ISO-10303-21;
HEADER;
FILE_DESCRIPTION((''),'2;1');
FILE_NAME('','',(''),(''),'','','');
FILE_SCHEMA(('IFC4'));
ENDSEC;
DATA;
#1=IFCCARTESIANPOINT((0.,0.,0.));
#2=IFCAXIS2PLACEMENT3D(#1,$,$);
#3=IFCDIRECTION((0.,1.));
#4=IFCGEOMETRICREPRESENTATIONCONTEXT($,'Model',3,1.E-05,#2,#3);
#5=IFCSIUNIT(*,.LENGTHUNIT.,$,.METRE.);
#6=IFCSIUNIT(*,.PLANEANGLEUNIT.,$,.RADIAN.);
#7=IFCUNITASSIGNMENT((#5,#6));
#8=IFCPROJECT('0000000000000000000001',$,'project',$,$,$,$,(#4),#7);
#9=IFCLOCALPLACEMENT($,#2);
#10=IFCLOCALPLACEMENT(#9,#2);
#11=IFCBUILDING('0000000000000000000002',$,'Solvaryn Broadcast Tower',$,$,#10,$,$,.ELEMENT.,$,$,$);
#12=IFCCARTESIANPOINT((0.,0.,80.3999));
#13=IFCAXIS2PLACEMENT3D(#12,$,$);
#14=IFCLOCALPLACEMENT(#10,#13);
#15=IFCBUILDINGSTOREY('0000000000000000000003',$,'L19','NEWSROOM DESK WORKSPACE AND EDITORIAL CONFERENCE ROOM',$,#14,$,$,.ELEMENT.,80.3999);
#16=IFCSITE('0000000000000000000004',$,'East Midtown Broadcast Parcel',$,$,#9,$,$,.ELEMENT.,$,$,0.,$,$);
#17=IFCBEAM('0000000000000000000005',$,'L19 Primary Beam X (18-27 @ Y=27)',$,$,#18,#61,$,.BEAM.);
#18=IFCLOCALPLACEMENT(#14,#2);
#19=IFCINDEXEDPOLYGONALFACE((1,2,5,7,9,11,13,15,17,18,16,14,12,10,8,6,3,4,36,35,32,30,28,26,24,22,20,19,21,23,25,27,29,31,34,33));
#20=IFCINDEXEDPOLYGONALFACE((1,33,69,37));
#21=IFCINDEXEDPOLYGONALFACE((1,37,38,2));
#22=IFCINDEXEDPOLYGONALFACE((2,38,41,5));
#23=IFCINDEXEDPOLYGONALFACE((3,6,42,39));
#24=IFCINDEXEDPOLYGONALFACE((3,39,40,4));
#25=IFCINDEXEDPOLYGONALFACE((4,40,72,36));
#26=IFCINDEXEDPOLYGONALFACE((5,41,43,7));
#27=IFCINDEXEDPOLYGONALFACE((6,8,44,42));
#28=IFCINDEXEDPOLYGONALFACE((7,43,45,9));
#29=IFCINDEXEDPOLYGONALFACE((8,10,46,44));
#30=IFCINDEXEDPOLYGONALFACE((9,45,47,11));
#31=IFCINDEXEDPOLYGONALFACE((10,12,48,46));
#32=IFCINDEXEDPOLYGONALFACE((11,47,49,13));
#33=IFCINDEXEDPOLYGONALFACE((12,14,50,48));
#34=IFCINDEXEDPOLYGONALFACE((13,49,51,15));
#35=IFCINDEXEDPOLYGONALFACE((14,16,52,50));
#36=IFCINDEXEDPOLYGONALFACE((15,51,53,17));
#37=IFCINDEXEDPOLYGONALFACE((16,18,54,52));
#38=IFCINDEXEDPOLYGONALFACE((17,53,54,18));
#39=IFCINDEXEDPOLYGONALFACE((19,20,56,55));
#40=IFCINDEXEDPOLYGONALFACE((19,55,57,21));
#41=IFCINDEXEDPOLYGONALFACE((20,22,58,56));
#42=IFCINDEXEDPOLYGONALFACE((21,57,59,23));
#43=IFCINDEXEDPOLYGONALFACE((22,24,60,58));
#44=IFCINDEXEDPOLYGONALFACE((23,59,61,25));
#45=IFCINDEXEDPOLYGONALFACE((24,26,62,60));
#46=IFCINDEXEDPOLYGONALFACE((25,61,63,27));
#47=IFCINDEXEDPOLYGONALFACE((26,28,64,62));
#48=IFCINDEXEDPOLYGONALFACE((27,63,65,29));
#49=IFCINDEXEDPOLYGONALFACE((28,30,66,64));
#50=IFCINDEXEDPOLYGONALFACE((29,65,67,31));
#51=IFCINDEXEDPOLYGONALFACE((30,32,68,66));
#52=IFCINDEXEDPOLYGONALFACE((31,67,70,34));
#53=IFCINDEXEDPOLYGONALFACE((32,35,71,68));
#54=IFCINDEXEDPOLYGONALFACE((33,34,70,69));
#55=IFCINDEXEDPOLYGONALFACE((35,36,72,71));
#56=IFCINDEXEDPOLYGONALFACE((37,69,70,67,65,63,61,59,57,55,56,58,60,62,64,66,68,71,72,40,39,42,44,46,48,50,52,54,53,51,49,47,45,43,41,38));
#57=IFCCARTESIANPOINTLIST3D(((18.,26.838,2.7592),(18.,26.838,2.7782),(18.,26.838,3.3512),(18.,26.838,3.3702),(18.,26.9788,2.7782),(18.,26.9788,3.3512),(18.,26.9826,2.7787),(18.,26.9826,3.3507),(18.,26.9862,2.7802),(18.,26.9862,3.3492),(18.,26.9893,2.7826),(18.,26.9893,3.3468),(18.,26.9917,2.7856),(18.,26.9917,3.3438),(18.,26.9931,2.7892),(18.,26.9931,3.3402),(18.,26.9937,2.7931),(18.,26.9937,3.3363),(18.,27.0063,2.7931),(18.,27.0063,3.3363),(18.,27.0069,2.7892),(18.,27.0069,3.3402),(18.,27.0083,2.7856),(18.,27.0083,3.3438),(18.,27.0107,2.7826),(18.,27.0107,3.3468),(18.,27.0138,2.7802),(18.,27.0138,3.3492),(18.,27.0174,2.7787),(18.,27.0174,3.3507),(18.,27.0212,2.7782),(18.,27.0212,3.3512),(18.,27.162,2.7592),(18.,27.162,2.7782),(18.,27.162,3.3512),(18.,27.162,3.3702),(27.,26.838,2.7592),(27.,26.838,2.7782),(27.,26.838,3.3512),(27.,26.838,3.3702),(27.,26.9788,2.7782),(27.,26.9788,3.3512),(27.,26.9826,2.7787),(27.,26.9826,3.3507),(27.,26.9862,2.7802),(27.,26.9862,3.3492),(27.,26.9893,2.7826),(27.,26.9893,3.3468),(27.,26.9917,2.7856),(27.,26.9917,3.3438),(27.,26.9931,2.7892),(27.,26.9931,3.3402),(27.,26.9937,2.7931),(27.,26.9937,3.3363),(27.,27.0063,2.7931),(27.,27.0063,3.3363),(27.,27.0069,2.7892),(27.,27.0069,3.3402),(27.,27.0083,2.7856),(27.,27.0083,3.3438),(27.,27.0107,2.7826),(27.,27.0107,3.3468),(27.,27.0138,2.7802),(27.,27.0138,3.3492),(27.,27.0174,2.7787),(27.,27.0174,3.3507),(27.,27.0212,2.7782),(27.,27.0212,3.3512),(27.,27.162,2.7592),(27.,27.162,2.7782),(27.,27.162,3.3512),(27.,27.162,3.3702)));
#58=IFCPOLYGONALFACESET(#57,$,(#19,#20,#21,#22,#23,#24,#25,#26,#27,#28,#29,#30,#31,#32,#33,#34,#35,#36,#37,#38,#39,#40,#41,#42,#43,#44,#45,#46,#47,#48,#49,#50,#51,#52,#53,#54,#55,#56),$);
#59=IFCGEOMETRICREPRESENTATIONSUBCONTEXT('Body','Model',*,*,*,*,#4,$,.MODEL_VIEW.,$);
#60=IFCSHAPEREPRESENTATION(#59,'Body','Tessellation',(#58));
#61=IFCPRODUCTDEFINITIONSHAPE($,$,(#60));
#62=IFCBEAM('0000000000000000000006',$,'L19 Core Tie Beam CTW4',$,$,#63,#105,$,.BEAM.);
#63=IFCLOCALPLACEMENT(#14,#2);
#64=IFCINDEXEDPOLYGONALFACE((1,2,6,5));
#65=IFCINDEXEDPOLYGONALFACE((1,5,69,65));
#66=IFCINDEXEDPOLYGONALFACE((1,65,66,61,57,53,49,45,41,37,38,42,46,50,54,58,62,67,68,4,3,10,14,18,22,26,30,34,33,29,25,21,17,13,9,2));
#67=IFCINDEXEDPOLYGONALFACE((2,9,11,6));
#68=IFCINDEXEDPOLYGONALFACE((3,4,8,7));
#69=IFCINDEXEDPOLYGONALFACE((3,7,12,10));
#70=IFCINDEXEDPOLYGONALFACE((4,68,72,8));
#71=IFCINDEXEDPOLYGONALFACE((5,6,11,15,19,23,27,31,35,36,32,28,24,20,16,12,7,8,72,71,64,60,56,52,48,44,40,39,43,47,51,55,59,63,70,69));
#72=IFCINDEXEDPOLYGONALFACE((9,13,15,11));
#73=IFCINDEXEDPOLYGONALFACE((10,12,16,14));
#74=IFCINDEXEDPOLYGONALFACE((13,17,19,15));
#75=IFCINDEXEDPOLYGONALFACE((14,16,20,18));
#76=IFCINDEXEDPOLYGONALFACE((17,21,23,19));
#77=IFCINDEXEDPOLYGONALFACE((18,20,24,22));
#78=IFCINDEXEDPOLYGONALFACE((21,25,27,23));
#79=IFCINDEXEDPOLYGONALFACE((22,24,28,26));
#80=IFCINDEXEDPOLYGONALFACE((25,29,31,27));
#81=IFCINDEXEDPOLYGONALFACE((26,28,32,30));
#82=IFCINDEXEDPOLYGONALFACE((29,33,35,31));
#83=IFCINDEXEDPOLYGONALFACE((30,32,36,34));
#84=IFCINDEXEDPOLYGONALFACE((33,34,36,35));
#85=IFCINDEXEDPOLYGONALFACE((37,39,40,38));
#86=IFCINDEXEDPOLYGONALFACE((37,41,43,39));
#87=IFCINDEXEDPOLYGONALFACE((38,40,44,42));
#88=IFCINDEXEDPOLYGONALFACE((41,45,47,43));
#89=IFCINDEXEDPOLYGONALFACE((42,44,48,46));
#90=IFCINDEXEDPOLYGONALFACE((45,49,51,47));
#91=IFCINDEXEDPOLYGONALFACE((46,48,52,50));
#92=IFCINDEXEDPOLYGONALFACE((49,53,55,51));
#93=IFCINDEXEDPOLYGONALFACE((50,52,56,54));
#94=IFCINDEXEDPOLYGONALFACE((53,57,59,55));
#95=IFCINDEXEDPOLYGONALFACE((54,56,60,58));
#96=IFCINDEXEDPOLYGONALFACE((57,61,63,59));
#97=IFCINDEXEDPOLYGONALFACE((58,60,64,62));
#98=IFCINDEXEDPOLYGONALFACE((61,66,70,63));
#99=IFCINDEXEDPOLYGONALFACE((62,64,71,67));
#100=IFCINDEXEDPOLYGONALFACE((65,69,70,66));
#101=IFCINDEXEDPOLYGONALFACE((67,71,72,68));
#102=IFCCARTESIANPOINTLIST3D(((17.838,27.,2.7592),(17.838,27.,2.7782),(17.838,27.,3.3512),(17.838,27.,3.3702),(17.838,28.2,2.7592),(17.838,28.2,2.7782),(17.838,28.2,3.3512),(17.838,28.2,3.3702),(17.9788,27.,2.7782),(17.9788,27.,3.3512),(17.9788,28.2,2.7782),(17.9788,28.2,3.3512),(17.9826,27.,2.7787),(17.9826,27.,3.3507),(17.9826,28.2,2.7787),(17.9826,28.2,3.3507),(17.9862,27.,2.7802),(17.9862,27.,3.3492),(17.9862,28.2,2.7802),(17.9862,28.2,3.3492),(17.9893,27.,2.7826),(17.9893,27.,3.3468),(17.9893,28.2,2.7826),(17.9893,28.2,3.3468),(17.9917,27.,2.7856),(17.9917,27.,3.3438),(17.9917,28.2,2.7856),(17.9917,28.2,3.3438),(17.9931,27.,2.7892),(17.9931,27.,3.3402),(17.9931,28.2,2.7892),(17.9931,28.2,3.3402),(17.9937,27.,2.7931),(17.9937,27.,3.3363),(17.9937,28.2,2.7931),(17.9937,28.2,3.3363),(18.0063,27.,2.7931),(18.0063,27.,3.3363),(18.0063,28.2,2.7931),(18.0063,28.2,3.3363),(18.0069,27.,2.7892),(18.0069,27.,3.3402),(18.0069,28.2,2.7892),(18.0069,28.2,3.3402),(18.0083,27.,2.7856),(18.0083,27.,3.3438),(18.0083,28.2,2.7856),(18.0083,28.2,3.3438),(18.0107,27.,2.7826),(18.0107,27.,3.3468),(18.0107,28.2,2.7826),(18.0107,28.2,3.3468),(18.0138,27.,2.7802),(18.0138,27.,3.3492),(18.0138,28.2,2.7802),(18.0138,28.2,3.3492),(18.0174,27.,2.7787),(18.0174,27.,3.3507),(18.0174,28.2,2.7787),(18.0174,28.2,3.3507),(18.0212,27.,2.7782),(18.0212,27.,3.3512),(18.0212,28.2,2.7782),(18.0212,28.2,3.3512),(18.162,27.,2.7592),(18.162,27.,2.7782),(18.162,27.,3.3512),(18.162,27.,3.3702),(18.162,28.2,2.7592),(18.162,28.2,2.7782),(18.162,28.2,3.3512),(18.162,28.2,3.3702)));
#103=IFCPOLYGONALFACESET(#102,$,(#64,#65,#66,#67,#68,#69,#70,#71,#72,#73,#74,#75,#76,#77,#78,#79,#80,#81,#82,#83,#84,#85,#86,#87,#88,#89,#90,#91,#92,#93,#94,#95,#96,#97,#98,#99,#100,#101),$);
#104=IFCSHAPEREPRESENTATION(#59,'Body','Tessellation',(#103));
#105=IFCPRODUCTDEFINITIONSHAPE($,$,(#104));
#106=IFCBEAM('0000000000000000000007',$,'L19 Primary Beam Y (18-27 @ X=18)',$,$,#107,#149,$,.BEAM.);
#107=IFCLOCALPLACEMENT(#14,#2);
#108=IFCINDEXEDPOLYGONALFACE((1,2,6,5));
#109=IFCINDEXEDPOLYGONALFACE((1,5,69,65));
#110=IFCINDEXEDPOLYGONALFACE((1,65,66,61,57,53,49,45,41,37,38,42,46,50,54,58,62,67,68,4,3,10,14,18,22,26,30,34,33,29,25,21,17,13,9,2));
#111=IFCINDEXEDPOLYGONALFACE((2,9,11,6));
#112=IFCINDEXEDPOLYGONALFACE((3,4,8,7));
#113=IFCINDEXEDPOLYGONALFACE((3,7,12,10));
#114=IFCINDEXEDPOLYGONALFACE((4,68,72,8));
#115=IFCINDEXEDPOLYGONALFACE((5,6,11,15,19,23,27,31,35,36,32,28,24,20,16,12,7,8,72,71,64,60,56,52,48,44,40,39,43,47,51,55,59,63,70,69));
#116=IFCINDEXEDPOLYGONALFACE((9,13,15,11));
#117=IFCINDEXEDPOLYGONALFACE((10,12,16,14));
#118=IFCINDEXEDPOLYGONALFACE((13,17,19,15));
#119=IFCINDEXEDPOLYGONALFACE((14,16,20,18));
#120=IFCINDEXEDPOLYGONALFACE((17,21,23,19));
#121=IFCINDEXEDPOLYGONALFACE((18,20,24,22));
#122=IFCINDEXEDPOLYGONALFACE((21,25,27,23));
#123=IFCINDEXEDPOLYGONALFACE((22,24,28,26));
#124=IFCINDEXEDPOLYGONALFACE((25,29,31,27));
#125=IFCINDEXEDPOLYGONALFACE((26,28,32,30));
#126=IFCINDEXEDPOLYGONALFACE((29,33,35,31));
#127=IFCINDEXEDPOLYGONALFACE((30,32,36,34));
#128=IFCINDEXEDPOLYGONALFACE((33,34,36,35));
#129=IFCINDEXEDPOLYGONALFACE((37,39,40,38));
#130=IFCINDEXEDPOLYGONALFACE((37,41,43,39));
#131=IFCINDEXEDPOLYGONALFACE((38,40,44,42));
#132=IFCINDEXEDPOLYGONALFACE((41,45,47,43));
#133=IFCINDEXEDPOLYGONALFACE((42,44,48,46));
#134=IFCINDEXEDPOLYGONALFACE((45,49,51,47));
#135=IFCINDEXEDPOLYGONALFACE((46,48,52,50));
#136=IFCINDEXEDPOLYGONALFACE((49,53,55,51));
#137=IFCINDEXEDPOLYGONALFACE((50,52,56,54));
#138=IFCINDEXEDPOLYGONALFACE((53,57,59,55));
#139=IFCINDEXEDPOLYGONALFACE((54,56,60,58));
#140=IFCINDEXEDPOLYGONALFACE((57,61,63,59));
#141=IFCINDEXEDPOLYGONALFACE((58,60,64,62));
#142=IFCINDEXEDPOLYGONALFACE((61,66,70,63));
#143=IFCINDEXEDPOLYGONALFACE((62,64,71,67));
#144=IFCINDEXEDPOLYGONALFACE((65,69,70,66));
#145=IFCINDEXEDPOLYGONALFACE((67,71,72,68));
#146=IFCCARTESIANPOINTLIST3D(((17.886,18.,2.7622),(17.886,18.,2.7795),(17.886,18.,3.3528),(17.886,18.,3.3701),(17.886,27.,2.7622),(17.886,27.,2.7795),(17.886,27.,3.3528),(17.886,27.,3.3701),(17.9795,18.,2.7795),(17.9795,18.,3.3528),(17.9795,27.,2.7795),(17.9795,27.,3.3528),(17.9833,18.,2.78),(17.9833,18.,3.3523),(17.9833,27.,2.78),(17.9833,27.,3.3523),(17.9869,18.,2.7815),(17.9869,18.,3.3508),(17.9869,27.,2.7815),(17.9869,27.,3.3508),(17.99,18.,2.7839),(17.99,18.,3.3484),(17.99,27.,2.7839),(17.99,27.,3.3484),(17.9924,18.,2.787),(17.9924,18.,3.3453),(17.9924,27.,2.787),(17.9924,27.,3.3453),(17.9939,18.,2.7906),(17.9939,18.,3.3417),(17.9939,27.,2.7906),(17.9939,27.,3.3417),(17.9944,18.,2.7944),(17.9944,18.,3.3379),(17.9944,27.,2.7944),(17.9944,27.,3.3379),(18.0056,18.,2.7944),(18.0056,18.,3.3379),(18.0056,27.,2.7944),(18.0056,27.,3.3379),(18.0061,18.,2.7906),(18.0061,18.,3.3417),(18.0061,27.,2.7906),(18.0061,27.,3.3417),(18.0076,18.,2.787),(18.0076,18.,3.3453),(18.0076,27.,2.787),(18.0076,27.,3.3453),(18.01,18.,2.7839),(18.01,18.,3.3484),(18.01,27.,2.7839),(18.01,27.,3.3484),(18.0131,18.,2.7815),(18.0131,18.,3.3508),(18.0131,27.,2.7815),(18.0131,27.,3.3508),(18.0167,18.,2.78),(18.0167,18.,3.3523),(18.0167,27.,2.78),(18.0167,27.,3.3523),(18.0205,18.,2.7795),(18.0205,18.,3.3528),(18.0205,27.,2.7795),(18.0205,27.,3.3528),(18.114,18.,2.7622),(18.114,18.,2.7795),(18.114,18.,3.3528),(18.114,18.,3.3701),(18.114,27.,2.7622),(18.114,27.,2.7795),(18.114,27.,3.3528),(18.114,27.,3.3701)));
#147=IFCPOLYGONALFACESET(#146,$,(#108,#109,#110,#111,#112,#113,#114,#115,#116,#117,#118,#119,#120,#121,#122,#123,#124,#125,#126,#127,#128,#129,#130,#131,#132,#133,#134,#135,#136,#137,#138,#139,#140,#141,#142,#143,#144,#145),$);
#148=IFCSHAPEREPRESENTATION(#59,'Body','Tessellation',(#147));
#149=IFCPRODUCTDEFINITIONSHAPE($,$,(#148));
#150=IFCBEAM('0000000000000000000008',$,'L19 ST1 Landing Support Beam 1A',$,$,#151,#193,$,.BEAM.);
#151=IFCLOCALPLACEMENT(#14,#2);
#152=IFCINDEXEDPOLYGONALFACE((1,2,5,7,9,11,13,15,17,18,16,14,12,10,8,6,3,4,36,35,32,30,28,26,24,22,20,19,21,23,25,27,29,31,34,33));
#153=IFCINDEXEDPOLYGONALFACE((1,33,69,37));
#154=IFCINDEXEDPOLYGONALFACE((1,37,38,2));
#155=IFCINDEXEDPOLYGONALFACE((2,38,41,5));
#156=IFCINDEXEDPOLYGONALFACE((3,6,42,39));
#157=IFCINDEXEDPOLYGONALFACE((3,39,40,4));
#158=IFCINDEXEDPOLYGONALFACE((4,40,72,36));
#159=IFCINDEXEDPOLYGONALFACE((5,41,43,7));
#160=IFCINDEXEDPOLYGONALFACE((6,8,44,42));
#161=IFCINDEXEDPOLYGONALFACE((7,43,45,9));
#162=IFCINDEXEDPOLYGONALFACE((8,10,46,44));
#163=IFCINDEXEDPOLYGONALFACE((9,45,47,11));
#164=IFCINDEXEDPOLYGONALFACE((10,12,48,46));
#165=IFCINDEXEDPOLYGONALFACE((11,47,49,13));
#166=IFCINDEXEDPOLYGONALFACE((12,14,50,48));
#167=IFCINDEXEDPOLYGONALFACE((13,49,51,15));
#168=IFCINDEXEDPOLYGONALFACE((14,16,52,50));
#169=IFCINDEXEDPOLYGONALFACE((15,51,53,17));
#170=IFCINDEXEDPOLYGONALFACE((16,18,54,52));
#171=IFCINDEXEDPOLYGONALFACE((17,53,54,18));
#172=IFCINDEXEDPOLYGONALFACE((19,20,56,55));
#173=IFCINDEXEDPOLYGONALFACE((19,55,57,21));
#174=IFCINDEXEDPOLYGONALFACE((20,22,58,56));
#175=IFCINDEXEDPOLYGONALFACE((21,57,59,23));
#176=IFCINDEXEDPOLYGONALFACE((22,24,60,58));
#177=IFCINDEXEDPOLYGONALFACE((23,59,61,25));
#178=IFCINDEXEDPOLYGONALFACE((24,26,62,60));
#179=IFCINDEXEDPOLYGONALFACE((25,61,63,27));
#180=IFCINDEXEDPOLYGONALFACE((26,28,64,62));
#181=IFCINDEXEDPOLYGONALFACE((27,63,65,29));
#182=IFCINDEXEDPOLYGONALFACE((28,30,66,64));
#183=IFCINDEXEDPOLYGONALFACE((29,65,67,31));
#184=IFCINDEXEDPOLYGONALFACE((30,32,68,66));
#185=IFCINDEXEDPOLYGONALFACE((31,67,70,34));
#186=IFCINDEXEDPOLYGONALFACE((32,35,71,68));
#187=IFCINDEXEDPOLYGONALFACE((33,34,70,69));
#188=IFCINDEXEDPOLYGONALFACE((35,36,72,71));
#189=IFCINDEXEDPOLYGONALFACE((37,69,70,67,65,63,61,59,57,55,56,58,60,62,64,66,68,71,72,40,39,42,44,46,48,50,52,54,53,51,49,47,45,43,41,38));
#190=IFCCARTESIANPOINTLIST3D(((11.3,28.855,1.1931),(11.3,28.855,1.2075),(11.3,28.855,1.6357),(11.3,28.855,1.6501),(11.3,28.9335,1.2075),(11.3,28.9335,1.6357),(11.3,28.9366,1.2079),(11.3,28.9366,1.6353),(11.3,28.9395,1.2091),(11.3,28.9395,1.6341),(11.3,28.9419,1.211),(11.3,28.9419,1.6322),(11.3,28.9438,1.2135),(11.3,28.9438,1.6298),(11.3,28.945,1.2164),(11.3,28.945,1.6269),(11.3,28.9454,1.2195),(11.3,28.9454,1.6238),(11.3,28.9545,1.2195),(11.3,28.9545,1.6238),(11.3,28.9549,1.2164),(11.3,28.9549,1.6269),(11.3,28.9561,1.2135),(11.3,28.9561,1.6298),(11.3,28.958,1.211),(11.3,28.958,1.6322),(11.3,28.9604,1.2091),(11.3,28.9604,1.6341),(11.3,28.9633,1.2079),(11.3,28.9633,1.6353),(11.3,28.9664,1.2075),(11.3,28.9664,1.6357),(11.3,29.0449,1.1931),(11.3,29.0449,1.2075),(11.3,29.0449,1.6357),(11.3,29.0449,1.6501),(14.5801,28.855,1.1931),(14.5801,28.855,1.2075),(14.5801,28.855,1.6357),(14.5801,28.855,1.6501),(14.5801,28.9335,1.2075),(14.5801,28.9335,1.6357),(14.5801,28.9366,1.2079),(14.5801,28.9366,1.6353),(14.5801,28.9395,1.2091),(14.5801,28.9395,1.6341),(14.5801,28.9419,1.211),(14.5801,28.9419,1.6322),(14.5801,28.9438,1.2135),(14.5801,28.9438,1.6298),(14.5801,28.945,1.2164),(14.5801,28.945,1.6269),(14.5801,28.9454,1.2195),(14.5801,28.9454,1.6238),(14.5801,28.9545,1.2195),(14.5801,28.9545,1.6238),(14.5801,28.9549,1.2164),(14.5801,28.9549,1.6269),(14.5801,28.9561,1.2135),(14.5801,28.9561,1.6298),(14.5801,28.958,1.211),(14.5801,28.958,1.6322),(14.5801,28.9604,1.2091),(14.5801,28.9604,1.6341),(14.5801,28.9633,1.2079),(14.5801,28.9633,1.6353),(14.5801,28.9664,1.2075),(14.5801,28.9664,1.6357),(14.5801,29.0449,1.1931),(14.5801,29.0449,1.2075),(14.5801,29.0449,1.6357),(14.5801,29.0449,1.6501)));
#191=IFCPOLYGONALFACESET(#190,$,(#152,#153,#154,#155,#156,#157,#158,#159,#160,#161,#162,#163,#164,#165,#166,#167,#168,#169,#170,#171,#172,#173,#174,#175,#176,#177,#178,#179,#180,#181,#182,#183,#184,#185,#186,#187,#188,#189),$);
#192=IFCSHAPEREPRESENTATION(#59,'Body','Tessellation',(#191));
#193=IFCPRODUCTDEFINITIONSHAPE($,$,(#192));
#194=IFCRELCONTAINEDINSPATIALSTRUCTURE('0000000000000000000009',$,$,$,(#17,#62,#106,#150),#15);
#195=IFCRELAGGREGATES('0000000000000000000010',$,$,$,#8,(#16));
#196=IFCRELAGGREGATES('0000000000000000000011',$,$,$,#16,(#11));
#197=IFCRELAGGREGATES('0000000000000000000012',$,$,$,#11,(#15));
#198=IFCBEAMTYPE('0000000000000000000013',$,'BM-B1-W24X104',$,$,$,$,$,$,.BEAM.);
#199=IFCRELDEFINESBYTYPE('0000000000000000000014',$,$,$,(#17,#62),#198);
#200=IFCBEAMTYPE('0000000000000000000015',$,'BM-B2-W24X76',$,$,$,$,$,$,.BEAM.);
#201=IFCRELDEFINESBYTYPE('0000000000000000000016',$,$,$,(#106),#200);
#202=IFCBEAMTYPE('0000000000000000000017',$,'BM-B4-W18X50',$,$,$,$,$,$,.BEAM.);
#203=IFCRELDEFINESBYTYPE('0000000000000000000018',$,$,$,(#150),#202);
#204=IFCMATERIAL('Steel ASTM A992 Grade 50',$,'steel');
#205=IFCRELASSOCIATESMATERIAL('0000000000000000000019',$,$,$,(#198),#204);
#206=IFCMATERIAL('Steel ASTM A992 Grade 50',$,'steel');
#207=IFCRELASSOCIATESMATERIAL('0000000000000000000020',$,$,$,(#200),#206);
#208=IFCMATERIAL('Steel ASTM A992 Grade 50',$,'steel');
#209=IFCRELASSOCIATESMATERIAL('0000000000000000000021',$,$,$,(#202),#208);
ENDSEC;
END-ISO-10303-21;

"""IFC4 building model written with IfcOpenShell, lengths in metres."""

from ifc_helpers import new_model, si_unit, direction, frame, origin, origin_2d, place, context, subcontext, project, spatial, i_section, extrude, material, material_profile, profile_set, type_object, element, save


model = new_model("IFC4")

# Units and contexts
model_context = context("Model", 3, precision=1e-05, world=origin(), true_north=direction((0.0, 1.0)))
body_context = subcontext(model_context, "Body", "Model", "MODEL_VIEW")
ifc_project = project(units=[si_unit("LENGTHUNIT", "METRE"), si_unit("PLANEANGLEUNIT", "RADIAN")], contexts=[model_context])

# Site, building, storey
site_placement = place(None, origin())
site = spatial("IfcSite", under=ifc_project, at=site_placement, Name="East Midtown Broadcast Parcel", CompositionType="ELEMENT", RefElevation=0.0)
building_placement = place(site_placement, origin())
building = spatial("IfcBuilding", under=site, at=building_placement, Name="Solvaryn Broadcast Tower", CompositionType="ELEMENT")
storey_placement = place(building_placement, frame((0.0, 0.0, 80.3999)))
storey = spatial("IfcBuildingStorey", under=building, at=storey_placement, Name="L19", Description="NEWSROOM DESK WORKSPACE AND EDITORIAL CONFERENCE ROOM", CompositionType="ELEMENT", Elevation=80.3999)

# Beams
ifc_material_1 = material(Name="Steel ASTM A992 Grade 50", Category="steel")
ifc_material_profile_1 = material_profile(ifc_material_1, i_section(OverallWidth=0.324, OverallDepth=0.6111, WebThickness=0.0127, FlangeThickness=0.019, FilletRadius=0.0149, at=origin_2d()))
ifc_profile_set_1 = profile_set([ifc_material_profile_1], Name="Steel ASTM A992 Grade 50")
beam_type_1 = type_object("IfcBeamType", Name="BM-B1-W24X104", PredefinedType="BEAM", material=ifc_profile_set_1)
for number, where, z_axis, x_axis, name in (
    (1, (18.0, 27.0, 3.0647), (1.0, 0.0, 0.0), (0.0, 1.0, 0.0), "L19 Primary Beam X (18-27 @ Y=27)"),
):
    element("IfcBeam", number, at=place(storey_placement, frame(where, z_axis=z_axis, x_axis=x_axis)), inside=storey, type_object=beam_type_1, Name=name, PredefinedType="BEAM", context=body_context, shape_type="SweptSolid", body=[
        extrude(i_section(OverallWidth=0.324, OverallDepth=0.6111, WebThickness=0.0127, FlangeThickness=0.019, FilletRadius=0.0149, at=origin_2d()), origin(), (0.0, 0.0, 1.0), 9.0),
    ])
beam_1_placement = place(storey_placement, frame((18.0, 27.0, 3.0647), z_axis=(0.0, 1.0, 0.0), x_axis=(-1.0, 0.0, 0.0)))
element("IfcBeam", 2, at=beam_1_placement, inside=storey, type_object=beam_type_1, Name="L19 Core Tie Beam CTW4", PredefinedType="BEAM", context=body_context, shape_type="SweptSolid", body=[
    extrude(i_section(OverallWidth=0.324, OverallDepth=0.6111, WebThickness=0.0127, FlangeThickness=0.019, FilletRadius=0.0149, at=origin_2d()), origin(), (0.0, 0.0, 1.0), 1.2),
])
ifc_material_2 = material(Name="Steel ASTM A992 Grade 50", Category="steel")
ifc_material_profile_2 = material_profile(ifc_material_2, i_section(OverallWidth=0.228, OverallDepth=0.6079, WebThickness=0.0112, FlangeThickness=0.0173, FilletRadius=0.0149, at=origin_2d()))
ifc_profile_set_2 = profile_set([ifc_material_profile_2], Name="Steel ASTM A992 Grade 50")
beam_type_2 = type_object("IfcBeamType", Name="BM-B2-W24X76", PredefinedType="BEAM", material=ifc_profile_set_2)
beam_2_placement = place(storey_placement, frame((18.0, 18.0, 3.0662), z_axis=(0.0, 1.0, 0.0), x_axis=(-1.0, 0.0, 0.0)))
element("IfcBeam", 3, at=beam_2_placement, inside=storey, type_object=beam_type_2, Name="L19 Primary Beam Y (18-27 @ X=18)", PredefinedType="BEAM", context=body_context, shape_type="SweptSolid", body=[
    extrude(i_section(OverallWidth=0.228, OverallDepth=0.6079, WebThickness=0.0112, FlangeThickness=0.0173, FilletRadius=0.0149, at=origin_2d()), origin(), (0.0, 0.0, 1.0), 9.0),
])
ifc_material_3 = material(Name="Steel ASTM A992 Grade 50", Category="steel")
ifc_material_profile_3 = material_profile(ifc_material_3, i_section(OverallWidth=0.1899, OverallDepth=0.457, WebThickness=0.009, FlangeThickness=0.0144, FilletRadius=0.012, at=origin_2d()))
ifc_profile_set_3 = profile_set([ifc_material_profile_3], Name="Steel ASTM A992 Grade 50")
beam_type_3 = type_object("IfcBeamType", Name="BM-B4-W18X50", PredefinedType="BEAM", material=ifc_profile_set_3)
beam_3_placement = place(storey_placement, frame((11.3, 28.95, 1.4216), z_axis=(1.0, 0.0, 0.0), x_axis=(0.0, 1.0, 0.0)))
element("IfcBeam", 4, at=beam_3_placement, inside=storey, type_object=beam_type_3, Name="L19 ST1 Landing Support Beam 1A", PredefinedType="BEAM", context=body_context, shape_type="SweptSolid", body=[
    extrude(i_section(OverallWidth=0.1899, OverallDepth=0.457, WebThickness=0.009, FlangeThickness=0.0144, FilletRadius=0.012, at=origin_2d()), origin(), (0.0, 0.0, 1.0), 3.28),
])

save(model, "model.ifc")
